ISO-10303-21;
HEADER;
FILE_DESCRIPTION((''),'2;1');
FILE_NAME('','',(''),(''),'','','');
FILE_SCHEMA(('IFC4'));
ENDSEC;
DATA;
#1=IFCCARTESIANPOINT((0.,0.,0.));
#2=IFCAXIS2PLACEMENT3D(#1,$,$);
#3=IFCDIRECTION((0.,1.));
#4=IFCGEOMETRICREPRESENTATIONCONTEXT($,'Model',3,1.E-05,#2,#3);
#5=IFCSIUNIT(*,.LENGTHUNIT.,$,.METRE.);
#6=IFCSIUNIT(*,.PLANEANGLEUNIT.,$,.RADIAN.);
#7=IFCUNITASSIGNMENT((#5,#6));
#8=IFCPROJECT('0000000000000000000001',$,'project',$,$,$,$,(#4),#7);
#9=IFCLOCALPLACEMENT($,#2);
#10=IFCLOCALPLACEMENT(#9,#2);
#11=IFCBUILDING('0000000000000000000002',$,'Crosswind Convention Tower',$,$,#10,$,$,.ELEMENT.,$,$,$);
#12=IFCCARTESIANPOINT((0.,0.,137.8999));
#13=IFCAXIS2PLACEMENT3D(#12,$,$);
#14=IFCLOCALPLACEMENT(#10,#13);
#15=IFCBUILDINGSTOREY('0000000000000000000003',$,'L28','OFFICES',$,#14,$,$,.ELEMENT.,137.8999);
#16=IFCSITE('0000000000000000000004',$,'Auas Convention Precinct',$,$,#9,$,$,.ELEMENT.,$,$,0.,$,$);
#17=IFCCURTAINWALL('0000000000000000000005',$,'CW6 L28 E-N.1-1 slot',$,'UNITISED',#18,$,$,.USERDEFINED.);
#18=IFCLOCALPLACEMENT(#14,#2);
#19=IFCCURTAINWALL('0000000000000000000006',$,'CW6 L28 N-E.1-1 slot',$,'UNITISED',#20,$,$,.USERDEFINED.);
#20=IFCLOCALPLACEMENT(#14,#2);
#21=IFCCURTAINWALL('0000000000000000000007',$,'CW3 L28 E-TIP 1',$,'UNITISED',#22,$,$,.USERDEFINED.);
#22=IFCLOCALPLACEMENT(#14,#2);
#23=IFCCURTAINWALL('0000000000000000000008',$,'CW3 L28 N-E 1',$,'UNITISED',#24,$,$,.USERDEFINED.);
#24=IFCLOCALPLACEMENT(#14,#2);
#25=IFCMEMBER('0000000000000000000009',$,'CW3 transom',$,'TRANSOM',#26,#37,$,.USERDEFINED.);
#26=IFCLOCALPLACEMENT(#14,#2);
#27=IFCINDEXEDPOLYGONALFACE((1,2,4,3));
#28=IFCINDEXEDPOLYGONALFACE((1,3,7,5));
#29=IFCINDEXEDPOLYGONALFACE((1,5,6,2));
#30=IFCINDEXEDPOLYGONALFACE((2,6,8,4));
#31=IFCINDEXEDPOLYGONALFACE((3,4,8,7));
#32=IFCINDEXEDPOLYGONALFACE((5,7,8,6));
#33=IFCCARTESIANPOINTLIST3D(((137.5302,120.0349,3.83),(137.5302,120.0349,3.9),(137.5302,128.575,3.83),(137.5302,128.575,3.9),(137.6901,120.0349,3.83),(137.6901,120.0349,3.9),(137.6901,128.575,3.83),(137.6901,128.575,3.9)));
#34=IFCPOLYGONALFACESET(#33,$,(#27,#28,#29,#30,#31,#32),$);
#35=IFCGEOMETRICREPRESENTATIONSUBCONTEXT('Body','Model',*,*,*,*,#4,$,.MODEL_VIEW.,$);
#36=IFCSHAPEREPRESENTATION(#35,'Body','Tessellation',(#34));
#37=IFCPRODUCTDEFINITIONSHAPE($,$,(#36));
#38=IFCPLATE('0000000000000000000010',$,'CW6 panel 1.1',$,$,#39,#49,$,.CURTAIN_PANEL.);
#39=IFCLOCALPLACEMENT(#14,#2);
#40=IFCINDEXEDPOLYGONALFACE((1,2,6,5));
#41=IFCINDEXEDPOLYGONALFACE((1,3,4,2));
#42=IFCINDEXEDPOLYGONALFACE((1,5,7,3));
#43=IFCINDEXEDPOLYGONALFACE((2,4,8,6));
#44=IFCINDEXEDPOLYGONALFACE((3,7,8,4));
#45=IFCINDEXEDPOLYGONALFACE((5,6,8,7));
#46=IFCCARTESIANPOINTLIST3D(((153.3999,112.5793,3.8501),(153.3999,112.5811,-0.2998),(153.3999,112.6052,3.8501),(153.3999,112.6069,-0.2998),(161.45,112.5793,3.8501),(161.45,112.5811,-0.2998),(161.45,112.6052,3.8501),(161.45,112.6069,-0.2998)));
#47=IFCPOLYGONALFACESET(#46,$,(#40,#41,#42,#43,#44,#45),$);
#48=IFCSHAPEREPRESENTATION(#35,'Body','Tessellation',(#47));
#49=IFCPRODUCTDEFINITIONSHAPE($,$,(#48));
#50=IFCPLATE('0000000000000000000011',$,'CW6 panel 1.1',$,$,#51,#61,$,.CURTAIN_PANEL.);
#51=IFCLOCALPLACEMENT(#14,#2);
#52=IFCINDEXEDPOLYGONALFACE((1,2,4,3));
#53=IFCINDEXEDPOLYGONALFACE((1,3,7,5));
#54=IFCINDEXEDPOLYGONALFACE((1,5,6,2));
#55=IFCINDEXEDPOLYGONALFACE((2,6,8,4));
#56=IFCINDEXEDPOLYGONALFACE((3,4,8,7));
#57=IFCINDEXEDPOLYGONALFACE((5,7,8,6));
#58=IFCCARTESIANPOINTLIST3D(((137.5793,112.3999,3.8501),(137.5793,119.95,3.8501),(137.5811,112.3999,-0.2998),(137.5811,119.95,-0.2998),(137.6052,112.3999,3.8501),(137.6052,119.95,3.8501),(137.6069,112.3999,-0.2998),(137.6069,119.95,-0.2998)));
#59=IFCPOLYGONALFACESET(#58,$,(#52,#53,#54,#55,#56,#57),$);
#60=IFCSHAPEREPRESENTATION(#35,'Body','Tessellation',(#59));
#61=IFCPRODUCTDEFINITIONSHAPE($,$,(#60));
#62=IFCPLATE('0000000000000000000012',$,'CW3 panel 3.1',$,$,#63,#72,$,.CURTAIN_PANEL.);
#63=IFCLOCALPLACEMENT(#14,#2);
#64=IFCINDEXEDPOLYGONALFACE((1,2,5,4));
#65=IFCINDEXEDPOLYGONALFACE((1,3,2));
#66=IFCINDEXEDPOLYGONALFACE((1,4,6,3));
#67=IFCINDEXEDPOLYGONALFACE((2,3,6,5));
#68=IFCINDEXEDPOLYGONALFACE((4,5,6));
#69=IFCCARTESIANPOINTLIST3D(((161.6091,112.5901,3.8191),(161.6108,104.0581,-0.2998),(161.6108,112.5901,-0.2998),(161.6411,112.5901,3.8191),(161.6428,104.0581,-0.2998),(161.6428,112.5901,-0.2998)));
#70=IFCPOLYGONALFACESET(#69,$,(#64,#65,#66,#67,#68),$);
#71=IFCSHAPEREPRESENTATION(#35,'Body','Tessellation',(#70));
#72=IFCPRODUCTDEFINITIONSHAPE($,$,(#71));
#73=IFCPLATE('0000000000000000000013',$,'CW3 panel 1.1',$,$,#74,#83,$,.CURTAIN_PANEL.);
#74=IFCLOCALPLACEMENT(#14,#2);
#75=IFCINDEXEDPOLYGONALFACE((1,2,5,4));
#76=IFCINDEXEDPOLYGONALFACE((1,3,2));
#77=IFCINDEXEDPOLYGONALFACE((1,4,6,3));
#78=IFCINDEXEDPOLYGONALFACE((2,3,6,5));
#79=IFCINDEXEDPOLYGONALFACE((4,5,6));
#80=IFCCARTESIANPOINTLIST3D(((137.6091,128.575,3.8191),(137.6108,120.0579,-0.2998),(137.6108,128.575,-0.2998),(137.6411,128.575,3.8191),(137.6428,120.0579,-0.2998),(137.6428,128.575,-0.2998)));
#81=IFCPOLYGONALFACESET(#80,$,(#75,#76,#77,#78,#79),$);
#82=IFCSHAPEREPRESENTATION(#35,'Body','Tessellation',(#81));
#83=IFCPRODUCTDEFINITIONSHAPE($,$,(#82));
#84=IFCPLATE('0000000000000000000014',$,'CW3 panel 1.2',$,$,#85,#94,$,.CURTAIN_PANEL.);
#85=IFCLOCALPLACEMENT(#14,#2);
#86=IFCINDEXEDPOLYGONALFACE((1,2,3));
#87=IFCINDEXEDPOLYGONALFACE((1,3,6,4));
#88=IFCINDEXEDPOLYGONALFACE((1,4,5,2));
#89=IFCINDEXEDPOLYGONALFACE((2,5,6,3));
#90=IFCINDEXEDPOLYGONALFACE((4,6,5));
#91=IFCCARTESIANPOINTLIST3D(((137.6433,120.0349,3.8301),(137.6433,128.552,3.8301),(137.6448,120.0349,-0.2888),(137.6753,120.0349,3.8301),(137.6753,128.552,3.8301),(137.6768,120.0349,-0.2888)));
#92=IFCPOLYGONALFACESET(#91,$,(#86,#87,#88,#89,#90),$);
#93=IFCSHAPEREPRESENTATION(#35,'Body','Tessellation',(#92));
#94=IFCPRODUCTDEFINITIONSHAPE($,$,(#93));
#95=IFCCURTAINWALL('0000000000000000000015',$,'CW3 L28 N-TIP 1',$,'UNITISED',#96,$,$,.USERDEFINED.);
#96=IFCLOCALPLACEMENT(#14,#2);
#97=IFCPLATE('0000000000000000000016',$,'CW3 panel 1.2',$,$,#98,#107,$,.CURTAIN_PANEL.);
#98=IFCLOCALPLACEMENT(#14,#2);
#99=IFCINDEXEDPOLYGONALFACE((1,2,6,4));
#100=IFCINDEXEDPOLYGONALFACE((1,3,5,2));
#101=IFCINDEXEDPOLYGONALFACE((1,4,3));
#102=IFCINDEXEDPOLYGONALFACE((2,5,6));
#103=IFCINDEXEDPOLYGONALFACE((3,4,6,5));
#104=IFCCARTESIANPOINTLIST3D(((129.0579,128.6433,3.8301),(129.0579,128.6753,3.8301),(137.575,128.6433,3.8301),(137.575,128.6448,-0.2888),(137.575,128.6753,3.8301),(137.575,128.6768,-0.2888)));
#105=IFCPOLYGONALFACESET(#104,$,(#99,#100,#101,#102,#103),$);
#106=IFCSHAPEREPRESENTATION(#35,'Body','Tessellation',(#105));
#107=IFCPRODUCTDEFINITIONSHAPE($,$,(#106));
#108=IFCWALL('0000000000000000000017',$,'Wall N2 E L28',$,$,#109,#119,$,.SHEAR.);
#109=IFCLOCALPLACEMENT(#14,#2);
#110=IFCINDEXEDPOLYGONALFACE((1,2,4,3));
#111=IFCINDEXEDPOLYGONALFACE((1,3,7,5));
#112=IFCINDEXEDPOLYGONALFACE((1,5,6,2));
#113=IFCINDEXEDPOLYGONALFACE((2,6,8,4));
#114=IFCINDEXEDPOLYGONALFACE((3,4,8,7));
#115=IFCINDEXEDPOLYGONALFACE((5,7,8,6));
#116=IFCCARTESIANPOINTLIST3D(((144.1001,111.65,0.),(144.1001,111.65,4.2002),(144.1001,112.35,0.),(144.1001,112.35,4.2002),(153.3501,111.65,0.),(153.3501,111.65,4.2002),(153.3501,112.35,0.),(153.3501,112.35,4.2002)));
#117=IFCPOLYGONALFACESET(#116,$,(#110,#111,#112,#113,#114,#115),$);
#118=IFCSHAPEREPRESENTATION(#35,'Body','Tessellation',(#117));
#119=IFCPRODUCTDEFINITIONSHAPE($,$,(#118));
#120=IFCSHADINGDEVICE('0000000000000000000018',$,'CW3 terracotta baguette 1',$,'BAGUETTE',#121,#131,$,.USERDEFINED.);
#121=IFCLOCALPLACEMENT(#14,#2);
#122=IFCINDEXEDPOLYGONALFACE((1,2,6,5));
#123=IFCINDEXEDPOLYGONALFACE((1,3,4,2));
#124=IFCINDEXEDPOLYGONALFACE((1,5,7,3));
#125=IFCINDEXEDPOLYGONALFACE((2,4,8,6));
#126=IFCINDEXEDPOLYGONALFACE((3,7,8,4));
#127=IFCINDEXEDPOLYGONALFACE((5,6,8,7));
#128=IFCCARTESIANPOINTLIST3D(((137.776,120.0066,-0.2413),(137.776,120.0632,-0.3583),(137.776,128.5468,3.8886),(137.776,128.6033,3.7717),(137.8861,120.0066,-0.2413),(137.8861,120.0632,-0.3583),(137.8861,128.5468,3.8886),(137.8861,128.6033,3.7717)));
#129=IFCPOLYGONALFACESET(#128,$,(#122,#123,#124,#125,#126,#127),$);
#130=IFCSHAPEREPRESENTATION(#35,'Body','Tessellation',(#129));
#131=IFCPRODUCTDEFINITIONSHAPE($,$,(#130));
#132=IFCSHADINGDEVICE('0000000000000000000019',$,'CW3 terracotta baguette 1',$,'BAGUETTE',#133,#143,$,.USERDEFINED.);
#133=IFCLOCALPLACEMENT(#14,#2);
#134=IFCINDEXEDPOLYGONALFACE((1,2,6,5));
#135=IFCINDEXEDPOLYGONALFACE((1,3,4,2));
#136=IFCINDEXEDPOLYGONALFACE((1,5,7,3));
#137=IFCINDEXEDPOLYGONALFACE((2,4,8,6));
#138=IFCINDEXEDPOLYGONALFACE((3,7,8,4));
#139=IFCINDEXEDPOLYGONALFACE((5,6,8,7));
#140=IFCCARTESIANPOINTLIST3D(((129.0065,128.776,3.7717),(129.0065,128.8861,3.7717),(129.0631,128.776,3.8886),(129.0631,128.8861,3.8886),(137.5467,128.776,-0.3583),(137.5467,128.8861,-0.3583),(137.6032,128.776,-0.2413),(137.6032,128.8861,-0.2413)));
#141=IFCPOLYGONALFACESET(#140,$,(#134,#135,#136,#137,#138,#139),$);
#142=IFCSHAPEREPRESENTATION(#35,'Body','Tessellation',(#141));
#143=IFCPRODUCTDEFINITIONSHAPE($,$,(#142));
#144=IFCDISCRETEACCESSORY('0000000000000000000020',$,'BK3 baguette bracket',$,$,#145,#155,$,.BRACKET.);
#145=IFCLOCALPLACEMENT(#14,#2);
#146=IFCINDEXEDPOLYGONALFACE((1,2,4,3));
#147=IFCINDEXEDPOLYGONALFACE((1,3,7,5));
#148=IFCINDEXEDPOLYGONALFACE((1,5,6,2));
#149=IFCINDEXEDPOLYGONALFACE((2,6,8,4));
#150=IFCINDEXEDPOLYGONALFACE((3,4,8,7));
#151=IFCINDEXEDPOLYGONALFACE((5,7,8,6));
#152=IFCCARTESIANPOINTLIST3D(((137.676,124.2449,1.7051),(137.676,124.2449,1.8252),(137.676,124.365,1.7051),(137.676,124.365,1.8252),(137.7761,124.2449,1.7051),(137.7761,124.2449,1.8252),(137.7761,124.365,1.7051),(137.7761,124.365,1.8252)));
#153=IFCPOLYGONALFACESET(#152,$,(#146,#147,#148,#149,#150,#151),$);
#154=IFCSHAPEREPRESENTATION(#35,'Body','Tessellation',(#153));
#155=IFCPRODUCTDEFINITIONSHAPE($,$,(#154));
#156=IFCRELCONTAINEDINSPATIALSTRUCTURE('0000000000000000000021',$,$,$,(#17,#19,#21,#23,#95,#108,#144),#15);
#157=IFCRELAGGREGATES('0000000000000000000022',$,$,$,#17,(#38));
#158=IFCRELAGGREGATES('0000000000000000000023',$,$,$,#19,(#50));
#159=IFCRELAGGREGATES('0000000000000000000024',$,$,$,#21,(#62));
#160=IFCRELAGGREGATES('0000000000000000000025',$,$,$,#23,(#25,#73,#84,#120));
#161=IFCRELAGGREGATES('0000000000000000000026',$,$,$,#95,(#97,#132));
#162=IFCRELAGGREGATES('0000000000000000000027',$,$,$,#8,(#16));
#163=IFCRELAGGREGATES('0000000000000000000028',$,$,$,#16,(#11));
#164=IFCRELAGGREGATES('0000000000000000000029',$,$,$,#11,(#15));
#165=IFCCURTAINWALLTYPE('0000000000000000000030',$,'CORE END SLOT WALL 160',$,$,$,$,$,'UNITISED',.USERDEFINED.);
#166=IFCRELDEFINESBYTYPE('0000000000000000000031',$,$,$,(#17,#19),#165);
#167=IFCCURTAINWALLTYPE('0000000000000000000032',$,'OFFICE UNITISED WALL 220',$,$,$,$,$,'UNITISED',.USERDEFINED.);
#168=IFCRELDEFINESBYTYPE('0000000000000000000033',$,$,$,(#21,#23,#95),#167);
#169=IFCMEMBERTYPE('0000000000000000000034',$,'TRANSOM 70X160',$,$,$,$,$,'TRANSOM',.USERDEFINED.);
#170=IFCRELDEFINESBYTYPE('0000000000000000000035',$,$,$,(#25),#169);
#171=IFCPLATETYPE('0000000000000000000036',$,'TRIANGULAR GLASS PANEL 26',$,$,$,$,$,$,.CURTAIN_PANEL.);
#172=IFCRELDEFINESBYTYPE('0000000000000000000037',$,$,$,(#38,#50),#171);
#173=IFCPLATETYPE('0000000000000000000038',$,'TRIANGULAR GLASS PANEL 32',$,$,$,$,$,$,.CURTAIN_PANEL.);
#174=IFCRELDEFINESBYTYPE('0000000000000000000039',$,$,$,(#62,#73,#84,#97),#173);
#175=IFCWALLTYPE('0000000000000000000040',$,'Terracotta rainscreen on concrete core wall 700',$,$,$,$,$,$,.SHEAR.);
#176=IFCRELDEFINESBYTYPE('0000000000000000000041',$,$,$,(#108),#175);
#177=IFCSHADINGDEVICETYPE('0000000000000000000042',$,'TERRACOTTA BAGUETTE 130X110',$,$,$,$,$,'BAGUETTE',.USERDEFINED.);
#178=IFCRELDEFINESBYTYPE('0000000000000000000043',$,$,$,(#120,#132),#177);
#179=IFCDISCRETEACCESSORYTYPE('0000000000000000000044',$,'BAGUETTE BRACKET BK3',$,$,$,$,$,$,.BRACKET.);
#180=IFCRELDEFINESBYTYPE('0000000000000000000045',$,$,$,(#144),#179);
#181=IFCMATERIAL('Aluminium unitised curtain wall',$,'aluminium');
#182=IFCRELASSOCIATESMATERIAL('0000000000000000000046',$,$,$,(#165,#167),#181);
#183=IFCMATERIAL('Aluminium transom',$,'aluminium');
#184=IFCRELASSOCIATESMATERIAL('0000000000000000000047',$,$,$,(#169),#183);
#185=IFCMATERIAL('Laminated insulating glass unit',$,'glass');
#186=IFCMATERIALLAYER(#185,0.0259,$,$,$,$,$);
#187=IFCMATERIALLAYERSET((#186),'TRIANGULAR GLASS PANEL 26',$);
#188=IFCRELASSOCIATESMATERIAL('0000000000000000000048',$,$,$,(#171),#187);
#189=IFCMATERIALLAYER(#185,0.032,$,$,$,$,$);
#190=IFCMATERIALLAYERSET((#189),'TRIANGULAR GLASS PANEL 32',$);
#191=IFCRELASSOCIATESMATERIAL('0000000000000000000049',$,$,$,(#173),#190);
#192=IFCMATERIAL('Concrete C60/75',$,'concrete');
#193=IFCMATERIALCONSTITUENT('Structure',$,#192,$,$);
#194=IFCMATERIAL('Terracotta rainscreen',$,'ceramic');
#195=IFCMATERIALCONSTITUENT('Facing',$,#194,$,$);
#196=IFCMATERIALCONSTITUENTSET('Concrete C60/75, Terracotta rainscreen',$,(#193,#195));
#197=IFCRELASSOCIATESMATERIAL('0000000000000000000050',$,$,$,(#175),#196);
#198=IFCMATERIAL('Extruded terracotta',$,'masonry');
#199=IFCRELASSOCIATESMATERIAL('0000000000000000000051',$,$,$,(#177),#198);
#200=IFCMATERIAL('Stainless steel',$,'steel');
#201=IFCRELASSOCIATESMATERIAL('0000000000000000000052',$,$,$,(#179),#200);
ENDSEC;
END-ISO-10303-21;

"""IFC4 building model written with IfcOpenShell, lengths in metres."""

from ifc_helpers import new_model, si_unit, direction, frame, frame_2d, origin, origin_2d, place, context, subcontext, project, spatial, polyline, rectangle, outline, extrude, material, layer, layer_set, constituent, constituent_set, material_profile, profile_set, type_object, element, aggregate, save


model = new_model("IFC4")

# Units and contexts
model_context = context("Model", 3, precision=1e-05, world=origin(), true_north=direction((0.0, 1.0)))
body_context = subcontext(model_context, "Body", "Model", "MODEL_VIEW")
ifc_project = project(units=[si_unit("LENGTHUNIT", "METRE"), si_unit("PLANEANGLEUNIT", "RADIAN")], contexts=[model_context])

# Site, building, storey
site_placement = place(None, origin())
site = spatial("IfcSite", under=ifc_project, at=site_placement, Name="Auas Convention Precinct", CompositionType="ELEMENT", RefElevation=0.0)
building_placement = place(site_placement, origin())
building = spatial("IfcBuilding", under=site, at=building_placement, Name="Crosswind Convention Tower", CompositionType="ELEMENT")
storey_placement = place(building_placement, frame((0.0, 0.0, 137.8999)))
storey = spatial("IfcBuildingStorey", under=building, at=storey_placement, Name="L28", Description="OFFICES", CompositionType="ELEMENT", Elevation=137.8999)

# Shared definitions
ifc_material_1 = material(Name="Concrete C60/75", Category="concrete")

# Curtain walls
ifc_material_2 = material(Name="Aluminium unitised curtain wall", Category="aluminium")
curtain_wall_type_1 = type_object("IfcCurtainWallType", Name="CORE END SLOT WALL 160", ElementType="UNITISED", PredefinedType="USERDEFINED", material=ifc_material_2)
curtain_wall_1_placement = place(storey_placement, origin())
curtain_wall_1 = element("IfcCurtainWall", 1, at=curtain_wall_1_placement, inside=storey, type_object=curtain_wall_type_1, Name="CW6 L28 E-N.1-1 slot", ObjectType="UNITISED", PredefinedType="USERDEFINED")
curtain_wall_2_placement = place(storey_placement, origin())
curtain_wall_2 = element("IfcCurtainWall", 2, at=curtain_wall_2_placement, inside=storey, type_object=curtain_wall_type_1, Name="CW6 L28 N-E.1-1 slot", ObjectType="UNITISED", PredefinedType="USERDEFINED")

# Curtain wall
curtain_wall_type_2 = type_object("IfcCurtainWallType", Name="OFFICE UNITISED WALL 220", ElementType="UNITISED", PredefinedType="USERDEFINED", material=ifc_material_2)
curtain_wall_3_placement = place(storey_placement, origin())
curtain_wall_3 = element("IfcCurtainWall", 3, at=curtain_wall_3_placement, inside=storey, type_object=curtain_wall_type_2, Name="CW3 L28 E-TIP 1", ObjectType="UNITISED", PredefinedType="USERDEFINED")

# Curtain wall
curtain_wall_4_placement = place(storey_placement, origin())
curtain_wall_4 = element("IfcCurtainWall", 4, at=curtain_wall_4_placement, inside=storey, type_object=curtain_wall_type_2, Name="CW3 L28 N-E 1", ObjectType="UNITISED", PredefinedType="USERDEFINED")

# Member
ifc_material_3 = material(Name="Aluminium transom", Category="aluminium")
ifc_material_profile_1 = material_profile(ifc_material_3, rectangle(XDim=0.1599, YDim=0.0701, at=origin_2d()), Name="AL 160X70")
ifc_profile_set_1 = profile_set([ifc_material_profile_1], Name="Aluminium transom")
member_type_1 = type_object("IfcMemberType", Name="TRANSOM 70X160", ElementType="TRANSOM", PredefinedType="USERDEFINED", material=ifc_profile_set_1)
member_1_placement = place(storey_placement, frame((137.6101, 120.0349, 3.865), z_axis=(0.0, 1.0, 0.0), x_axis=(-1.0, 0.0, 0.0)))
member_1 = element("IfcMember", 5, at=member_1_placement, type_object=member_type_1, Name="CW3 transom", ObjectType="TRANSOM", PredefinedType="USERDEFINED", context=body_context, shape_type="SweptSolid", body=[
    extrude(rectangle(XDim=0.1599, YDim=0.0701, at=origin_2d()), origin(), (0.0, 0.0, 1.0), 8.54),
])

# Plates
ifc_material_4 = material(Name="Laminated insulating glass unit", Category="glass")
ifc_layer_1 = layer(ifc_material_4, 0.0259)
ifc_layer_set_1 = layer_set([ifc_layer_1], Name="TRIANGULAR GLASS PANEL 26")
plate_type_1 = type_object("IfcPlateType", Name="TRIANGULAR GLASS PANEL 26", PredefinedType="CURTAIN_PANEL", material=ifc_layer_set_1)
plate_1_placement = place(storey_placement, frame((161.45, 112.6069, -0.2998), z_axis=(0.0, 1.0, 0.000412), x_axis=(-1.0, 0.0, 0.0)))
plate_1 = element("IfcPlate", 6, at=plate_1_placement, type_object=plate_type_1, Name="CW6 panel 1.1", PredefinedType="CURTAIN_PANEL", context=body_context, shape_type="SweptSolid", body=[
    extrude(outline(polyline([(0.0, 0.0), (8.05, 0.0), (8.05, 4.1499), (0.0, 4.1499), (0.0, 0.0)])), origin(), (0.0, 0.0, -1.0), 0.0259),
])
aggregate(curtain_wall_1, [plate_1])
plate_2_placement = place(storey_placement, frame((137.6069, 112.3999, -0.2998), z_axis=(1.0, 0.0, 0.000412), x_axis=(0.0, 1.0, 0.0)))
plate_2 = element("IfcPlate", 7, at=plate_2_placement, type_object=plate_type_1, Name="CW6 panel 1.1", PredefinedType="CURTAIN_PANEL", context=body_context, shape_type="SweptSolid", body=[
    extrude(outline(polyline([(0.0, 0.0), (7.55, 0.0), (7.55, 4.1499), (0.0, 4.1499), (0.0, 0.0)])), origin(), (0.0, 0.0, -1.0), 0.0259),
])
aggregate(curtain_wall_2, [plate_2])
ifc_layer_2 = layer(ifc_material_4, 0.032)
ifc_layer_set_2 = layer_set([ifc_layer_2], Name="TRIANGULAR GLASS PANEL 32")
plate_type_2 = type_object("IfcPlateType", Name="TRIANGULAR GLASS PANEL 32", PredefinedType="CURTAIN_PANEL", material=ifc_layer_set_2)
plate_3_placement = place(storey_placement, frame((161.6428, 112.5901, -0.2998), z_axis=(1.0, 0.0, 0.000415), x_axis=(-0.000415, 0.0, 1.0)))
plate_3 = element("IfcPlate", 8, at=plate_3_placement, type_object=plate_type_2, Name="CW3 panel 3.1", PredefinedType="CURTAIN_PANEL", context=body_context, shape_type="SweptSolid", body=[
    extrude(outline(polyline([(0.0, 0.0), (4.1189, 0.0), (0.0, 8.532), (0.0, 0.0)])), origin(), (0.0, 0.0, -1.0), 0.032),
])
aggregate(curtain_wall_3, [plate_3])
plate_4_placement = place(storey_placement, frame((137.6428, 128.575, -0.2998), z_axis=(1.0, 0.0, 0.000415), x_axis=(-0.000415, 0.0, 1.0)))
plate_4 = element("IfcPlate", 9, at=plate_4_placement, type_object=plate_type_2, Name="CW3 panel 1.1", PredefinedType="CURTAIN_PANEL", context=body_context, shape_type="SweptSolid", body=[
    extrude(outline(polyline([(0.0, 0.0), (4.1189, 0.0), (0.0, 8.5171), (0.0, 0.0)])), origin(), (0.0, 0.0, -1.0), 0.032),
])
plate_5_placement = place(storey_placement, frame((137.6753, 120.0349, 3.8301), z_axis=(1.0, 0.0, 0.000356), x_axis=(0.000356, 0.0, -1.0)))
plate_5 = element("IfcPlate", 10, at=plate_5_placement, type_object=plate_type_2, Name="CW3 panel 1.2", PredefinedType="CURTAIN_PANEL", context=body_context, shape_type="SweptSolid", body=[
    extrude(outline(polyline([(0.0, 0.0), (4.1189, 0.0), (0.0, 8.5171), (0.0, 0.0)])), origin(), (0.0, 0.0, -1.0), 0.032),
])

# Curtain wall, plate
curtain_wall_5_placement = place(storey_placement, origin())
curtain_wall_5 = element("IfcCurtainWall", 11, at=curtain_wall_5_placement, inside=storey, type_object=curtain_wall_type_2, Name="CW3 L28 N-TIP 1", ObjectType="UNITISED", PredefinedType="USERDEFINED")
plate_6_placement = place(storey_placement, frame((137.575, 128.6753, 3.8301), z_axis=(0.0, 1.0, 0.000356), x_axis=(0.0, 0.000356, -1.0)))
plate_6 = element("IfcPlate", 12, at=plate_6_placement, type_object=plate_type_2, Name="CW3 panel 1.2", PredefinedType="CURTAIN_PANEL", context=body_context, shape_type="SweptSolid", body=[
    extrude(outline(polyline([(0.0, 0.0), (4.1189, 0.0), (0.0, 8.5171), (0.0, 0.0)])), origin(), (0.0, 0.0, -1.0), 0.032),
])

# Wall
ifc_constituent_1 = constituent(ifc_material_1, Name="Structure")
ifc_material_5 = material(Name="Terracotta rainscreen", Category="ceramic")
ifc_constituent_2 = constituent(ifc_material_5, Name="Facing")
ifc_constituent_set = constituent_set(constituents=[ifc_constituent_1, ifc_constituent_2], Name="Concrete C60/75, Terracotta rainscreen")
wall_type = type_object("IfcWallType", Name="Terracotta rainscreen on concrete core wall 700", PredefinedType="SHEAR", material=ifc_constituent_set)
wall_placement = place(storey_placement, frame((144.1001, 112.0, 0.0), z_axis=(0.0, 0.0, 1.0), x_axis=(1.0, 0.0, 0.0)))
element("IfcWall", 13, at=wall_placement, inside=storey, type_object=wall_type, Name="Wall N2 E L28", PredefinedType="SHEAR", context=body_context, shape_type="SweptSolid", body=[
    extrude(rectangle(XDim=9.25, YDim=0.7, at=frame_2d((4.625, 0.0))), origin(), (0.0, 0.0, 1.0), 4.2002),
])

# Shading devices
ifc_material_6 = material(Name="Extruded terracotta", Category="masonry")
ifc_material_profile_2 = material_profile(ifc_material_6, rectangle(XDim=0.1101, YDim=0.1299, at=origin_2d()), Name="TC 110X130")
ifc_profile_set_2 = profile_set([ifc_material_profile_2], Name="Extruded terracotta")
shading_device_type = type_object("IfcShadingDeviceType", Name="TERRACOTTA BAGUETTE 130X110", ElementType="BAGUETTE", PredefinedType="USERDEFINED", material=ifc_profile_set_2)
shading_device_1_placement = place(storey_placement, frame((137.8311, 120.0349, -0.2998), z_axis=(0.0, 0.900258, 0.435356), x_axis=(-1.0, 0.0, 0.0)))
shading_device_1 = element("IfcShadingDevice", 14, at=shading_device_1_placement, type_object=shading_device_type, Name="CW3 terracotta baguette 1", ObjectType="BAGUETTE", PredefinedType="USERDEFINED", context=body_context, shape_type="SweptSolid", body=[
    extrude(rectangle(XDim=0.1101, YDim=0.1299, at=origin_2d()), origin(), (0.0, 0.0, 1.0), 9.4863),
])
aggregate(curtain_wall_4, [member_1, plate_4, plate_5, shading_device_1])
shading_device_2_placement = place(storey_placement, frame((137.575, 128.8311, -0.2998), z_axis=(-0.900258, 0.0, 0.435356), x_axis=(0.0, -1.0, 0.0)))
shading_device_2 = element("IfcShadingDevice", 15, at=shading_device_2_placement, type_object=shading_device_type, Name="CW3 terracotta baguette 1", ObjectType="BAGUETTE", PredefinedType="USERDEFINED", context=body_context, shape_type="SweptSolid", body=[
    extrude(rectangle(XDim=0.1101, YDim=0.1299, at=origin_2d()), origin(), (0.0, 0.0, 1.0), 9.4863),
])
aggregate(curtain_wall_5, [plate_6, shading_device_2])

# Discrete accessory
ifc_material_7 = material(Name="Stainless steel", Category="steel")
discrete_accessory_type = type_object("IfcDiscreteAccessoryType", Name="BAGUETTE BRACKET BK3", PredefinedType="BRACKET", material=ifc_material_7)
discrete_accessory_placement = place(storey_placement, frame((137.7261, 124.3049, 1.7051), z_axis=(0.0, 0.0, 1.0), x_axis=(0.0, 1.0, 0.0)))
element("IfcDiscreteAccessory", 16, at=discrete_accessory_placement, inside=storey, type_object=discrete_accessory_type, Name="BK3 baguette bracket", PredefinedType="BRACKET", context=body_context, shape_type="SweptSolid", body=[
    extrude(rectangle(XDim=0.1201, YDim=0.1001, at=origin_2d()), origin(), (0.0, 0.0, 1.0), 0.1201),
])

save(model, "model.ifc")
